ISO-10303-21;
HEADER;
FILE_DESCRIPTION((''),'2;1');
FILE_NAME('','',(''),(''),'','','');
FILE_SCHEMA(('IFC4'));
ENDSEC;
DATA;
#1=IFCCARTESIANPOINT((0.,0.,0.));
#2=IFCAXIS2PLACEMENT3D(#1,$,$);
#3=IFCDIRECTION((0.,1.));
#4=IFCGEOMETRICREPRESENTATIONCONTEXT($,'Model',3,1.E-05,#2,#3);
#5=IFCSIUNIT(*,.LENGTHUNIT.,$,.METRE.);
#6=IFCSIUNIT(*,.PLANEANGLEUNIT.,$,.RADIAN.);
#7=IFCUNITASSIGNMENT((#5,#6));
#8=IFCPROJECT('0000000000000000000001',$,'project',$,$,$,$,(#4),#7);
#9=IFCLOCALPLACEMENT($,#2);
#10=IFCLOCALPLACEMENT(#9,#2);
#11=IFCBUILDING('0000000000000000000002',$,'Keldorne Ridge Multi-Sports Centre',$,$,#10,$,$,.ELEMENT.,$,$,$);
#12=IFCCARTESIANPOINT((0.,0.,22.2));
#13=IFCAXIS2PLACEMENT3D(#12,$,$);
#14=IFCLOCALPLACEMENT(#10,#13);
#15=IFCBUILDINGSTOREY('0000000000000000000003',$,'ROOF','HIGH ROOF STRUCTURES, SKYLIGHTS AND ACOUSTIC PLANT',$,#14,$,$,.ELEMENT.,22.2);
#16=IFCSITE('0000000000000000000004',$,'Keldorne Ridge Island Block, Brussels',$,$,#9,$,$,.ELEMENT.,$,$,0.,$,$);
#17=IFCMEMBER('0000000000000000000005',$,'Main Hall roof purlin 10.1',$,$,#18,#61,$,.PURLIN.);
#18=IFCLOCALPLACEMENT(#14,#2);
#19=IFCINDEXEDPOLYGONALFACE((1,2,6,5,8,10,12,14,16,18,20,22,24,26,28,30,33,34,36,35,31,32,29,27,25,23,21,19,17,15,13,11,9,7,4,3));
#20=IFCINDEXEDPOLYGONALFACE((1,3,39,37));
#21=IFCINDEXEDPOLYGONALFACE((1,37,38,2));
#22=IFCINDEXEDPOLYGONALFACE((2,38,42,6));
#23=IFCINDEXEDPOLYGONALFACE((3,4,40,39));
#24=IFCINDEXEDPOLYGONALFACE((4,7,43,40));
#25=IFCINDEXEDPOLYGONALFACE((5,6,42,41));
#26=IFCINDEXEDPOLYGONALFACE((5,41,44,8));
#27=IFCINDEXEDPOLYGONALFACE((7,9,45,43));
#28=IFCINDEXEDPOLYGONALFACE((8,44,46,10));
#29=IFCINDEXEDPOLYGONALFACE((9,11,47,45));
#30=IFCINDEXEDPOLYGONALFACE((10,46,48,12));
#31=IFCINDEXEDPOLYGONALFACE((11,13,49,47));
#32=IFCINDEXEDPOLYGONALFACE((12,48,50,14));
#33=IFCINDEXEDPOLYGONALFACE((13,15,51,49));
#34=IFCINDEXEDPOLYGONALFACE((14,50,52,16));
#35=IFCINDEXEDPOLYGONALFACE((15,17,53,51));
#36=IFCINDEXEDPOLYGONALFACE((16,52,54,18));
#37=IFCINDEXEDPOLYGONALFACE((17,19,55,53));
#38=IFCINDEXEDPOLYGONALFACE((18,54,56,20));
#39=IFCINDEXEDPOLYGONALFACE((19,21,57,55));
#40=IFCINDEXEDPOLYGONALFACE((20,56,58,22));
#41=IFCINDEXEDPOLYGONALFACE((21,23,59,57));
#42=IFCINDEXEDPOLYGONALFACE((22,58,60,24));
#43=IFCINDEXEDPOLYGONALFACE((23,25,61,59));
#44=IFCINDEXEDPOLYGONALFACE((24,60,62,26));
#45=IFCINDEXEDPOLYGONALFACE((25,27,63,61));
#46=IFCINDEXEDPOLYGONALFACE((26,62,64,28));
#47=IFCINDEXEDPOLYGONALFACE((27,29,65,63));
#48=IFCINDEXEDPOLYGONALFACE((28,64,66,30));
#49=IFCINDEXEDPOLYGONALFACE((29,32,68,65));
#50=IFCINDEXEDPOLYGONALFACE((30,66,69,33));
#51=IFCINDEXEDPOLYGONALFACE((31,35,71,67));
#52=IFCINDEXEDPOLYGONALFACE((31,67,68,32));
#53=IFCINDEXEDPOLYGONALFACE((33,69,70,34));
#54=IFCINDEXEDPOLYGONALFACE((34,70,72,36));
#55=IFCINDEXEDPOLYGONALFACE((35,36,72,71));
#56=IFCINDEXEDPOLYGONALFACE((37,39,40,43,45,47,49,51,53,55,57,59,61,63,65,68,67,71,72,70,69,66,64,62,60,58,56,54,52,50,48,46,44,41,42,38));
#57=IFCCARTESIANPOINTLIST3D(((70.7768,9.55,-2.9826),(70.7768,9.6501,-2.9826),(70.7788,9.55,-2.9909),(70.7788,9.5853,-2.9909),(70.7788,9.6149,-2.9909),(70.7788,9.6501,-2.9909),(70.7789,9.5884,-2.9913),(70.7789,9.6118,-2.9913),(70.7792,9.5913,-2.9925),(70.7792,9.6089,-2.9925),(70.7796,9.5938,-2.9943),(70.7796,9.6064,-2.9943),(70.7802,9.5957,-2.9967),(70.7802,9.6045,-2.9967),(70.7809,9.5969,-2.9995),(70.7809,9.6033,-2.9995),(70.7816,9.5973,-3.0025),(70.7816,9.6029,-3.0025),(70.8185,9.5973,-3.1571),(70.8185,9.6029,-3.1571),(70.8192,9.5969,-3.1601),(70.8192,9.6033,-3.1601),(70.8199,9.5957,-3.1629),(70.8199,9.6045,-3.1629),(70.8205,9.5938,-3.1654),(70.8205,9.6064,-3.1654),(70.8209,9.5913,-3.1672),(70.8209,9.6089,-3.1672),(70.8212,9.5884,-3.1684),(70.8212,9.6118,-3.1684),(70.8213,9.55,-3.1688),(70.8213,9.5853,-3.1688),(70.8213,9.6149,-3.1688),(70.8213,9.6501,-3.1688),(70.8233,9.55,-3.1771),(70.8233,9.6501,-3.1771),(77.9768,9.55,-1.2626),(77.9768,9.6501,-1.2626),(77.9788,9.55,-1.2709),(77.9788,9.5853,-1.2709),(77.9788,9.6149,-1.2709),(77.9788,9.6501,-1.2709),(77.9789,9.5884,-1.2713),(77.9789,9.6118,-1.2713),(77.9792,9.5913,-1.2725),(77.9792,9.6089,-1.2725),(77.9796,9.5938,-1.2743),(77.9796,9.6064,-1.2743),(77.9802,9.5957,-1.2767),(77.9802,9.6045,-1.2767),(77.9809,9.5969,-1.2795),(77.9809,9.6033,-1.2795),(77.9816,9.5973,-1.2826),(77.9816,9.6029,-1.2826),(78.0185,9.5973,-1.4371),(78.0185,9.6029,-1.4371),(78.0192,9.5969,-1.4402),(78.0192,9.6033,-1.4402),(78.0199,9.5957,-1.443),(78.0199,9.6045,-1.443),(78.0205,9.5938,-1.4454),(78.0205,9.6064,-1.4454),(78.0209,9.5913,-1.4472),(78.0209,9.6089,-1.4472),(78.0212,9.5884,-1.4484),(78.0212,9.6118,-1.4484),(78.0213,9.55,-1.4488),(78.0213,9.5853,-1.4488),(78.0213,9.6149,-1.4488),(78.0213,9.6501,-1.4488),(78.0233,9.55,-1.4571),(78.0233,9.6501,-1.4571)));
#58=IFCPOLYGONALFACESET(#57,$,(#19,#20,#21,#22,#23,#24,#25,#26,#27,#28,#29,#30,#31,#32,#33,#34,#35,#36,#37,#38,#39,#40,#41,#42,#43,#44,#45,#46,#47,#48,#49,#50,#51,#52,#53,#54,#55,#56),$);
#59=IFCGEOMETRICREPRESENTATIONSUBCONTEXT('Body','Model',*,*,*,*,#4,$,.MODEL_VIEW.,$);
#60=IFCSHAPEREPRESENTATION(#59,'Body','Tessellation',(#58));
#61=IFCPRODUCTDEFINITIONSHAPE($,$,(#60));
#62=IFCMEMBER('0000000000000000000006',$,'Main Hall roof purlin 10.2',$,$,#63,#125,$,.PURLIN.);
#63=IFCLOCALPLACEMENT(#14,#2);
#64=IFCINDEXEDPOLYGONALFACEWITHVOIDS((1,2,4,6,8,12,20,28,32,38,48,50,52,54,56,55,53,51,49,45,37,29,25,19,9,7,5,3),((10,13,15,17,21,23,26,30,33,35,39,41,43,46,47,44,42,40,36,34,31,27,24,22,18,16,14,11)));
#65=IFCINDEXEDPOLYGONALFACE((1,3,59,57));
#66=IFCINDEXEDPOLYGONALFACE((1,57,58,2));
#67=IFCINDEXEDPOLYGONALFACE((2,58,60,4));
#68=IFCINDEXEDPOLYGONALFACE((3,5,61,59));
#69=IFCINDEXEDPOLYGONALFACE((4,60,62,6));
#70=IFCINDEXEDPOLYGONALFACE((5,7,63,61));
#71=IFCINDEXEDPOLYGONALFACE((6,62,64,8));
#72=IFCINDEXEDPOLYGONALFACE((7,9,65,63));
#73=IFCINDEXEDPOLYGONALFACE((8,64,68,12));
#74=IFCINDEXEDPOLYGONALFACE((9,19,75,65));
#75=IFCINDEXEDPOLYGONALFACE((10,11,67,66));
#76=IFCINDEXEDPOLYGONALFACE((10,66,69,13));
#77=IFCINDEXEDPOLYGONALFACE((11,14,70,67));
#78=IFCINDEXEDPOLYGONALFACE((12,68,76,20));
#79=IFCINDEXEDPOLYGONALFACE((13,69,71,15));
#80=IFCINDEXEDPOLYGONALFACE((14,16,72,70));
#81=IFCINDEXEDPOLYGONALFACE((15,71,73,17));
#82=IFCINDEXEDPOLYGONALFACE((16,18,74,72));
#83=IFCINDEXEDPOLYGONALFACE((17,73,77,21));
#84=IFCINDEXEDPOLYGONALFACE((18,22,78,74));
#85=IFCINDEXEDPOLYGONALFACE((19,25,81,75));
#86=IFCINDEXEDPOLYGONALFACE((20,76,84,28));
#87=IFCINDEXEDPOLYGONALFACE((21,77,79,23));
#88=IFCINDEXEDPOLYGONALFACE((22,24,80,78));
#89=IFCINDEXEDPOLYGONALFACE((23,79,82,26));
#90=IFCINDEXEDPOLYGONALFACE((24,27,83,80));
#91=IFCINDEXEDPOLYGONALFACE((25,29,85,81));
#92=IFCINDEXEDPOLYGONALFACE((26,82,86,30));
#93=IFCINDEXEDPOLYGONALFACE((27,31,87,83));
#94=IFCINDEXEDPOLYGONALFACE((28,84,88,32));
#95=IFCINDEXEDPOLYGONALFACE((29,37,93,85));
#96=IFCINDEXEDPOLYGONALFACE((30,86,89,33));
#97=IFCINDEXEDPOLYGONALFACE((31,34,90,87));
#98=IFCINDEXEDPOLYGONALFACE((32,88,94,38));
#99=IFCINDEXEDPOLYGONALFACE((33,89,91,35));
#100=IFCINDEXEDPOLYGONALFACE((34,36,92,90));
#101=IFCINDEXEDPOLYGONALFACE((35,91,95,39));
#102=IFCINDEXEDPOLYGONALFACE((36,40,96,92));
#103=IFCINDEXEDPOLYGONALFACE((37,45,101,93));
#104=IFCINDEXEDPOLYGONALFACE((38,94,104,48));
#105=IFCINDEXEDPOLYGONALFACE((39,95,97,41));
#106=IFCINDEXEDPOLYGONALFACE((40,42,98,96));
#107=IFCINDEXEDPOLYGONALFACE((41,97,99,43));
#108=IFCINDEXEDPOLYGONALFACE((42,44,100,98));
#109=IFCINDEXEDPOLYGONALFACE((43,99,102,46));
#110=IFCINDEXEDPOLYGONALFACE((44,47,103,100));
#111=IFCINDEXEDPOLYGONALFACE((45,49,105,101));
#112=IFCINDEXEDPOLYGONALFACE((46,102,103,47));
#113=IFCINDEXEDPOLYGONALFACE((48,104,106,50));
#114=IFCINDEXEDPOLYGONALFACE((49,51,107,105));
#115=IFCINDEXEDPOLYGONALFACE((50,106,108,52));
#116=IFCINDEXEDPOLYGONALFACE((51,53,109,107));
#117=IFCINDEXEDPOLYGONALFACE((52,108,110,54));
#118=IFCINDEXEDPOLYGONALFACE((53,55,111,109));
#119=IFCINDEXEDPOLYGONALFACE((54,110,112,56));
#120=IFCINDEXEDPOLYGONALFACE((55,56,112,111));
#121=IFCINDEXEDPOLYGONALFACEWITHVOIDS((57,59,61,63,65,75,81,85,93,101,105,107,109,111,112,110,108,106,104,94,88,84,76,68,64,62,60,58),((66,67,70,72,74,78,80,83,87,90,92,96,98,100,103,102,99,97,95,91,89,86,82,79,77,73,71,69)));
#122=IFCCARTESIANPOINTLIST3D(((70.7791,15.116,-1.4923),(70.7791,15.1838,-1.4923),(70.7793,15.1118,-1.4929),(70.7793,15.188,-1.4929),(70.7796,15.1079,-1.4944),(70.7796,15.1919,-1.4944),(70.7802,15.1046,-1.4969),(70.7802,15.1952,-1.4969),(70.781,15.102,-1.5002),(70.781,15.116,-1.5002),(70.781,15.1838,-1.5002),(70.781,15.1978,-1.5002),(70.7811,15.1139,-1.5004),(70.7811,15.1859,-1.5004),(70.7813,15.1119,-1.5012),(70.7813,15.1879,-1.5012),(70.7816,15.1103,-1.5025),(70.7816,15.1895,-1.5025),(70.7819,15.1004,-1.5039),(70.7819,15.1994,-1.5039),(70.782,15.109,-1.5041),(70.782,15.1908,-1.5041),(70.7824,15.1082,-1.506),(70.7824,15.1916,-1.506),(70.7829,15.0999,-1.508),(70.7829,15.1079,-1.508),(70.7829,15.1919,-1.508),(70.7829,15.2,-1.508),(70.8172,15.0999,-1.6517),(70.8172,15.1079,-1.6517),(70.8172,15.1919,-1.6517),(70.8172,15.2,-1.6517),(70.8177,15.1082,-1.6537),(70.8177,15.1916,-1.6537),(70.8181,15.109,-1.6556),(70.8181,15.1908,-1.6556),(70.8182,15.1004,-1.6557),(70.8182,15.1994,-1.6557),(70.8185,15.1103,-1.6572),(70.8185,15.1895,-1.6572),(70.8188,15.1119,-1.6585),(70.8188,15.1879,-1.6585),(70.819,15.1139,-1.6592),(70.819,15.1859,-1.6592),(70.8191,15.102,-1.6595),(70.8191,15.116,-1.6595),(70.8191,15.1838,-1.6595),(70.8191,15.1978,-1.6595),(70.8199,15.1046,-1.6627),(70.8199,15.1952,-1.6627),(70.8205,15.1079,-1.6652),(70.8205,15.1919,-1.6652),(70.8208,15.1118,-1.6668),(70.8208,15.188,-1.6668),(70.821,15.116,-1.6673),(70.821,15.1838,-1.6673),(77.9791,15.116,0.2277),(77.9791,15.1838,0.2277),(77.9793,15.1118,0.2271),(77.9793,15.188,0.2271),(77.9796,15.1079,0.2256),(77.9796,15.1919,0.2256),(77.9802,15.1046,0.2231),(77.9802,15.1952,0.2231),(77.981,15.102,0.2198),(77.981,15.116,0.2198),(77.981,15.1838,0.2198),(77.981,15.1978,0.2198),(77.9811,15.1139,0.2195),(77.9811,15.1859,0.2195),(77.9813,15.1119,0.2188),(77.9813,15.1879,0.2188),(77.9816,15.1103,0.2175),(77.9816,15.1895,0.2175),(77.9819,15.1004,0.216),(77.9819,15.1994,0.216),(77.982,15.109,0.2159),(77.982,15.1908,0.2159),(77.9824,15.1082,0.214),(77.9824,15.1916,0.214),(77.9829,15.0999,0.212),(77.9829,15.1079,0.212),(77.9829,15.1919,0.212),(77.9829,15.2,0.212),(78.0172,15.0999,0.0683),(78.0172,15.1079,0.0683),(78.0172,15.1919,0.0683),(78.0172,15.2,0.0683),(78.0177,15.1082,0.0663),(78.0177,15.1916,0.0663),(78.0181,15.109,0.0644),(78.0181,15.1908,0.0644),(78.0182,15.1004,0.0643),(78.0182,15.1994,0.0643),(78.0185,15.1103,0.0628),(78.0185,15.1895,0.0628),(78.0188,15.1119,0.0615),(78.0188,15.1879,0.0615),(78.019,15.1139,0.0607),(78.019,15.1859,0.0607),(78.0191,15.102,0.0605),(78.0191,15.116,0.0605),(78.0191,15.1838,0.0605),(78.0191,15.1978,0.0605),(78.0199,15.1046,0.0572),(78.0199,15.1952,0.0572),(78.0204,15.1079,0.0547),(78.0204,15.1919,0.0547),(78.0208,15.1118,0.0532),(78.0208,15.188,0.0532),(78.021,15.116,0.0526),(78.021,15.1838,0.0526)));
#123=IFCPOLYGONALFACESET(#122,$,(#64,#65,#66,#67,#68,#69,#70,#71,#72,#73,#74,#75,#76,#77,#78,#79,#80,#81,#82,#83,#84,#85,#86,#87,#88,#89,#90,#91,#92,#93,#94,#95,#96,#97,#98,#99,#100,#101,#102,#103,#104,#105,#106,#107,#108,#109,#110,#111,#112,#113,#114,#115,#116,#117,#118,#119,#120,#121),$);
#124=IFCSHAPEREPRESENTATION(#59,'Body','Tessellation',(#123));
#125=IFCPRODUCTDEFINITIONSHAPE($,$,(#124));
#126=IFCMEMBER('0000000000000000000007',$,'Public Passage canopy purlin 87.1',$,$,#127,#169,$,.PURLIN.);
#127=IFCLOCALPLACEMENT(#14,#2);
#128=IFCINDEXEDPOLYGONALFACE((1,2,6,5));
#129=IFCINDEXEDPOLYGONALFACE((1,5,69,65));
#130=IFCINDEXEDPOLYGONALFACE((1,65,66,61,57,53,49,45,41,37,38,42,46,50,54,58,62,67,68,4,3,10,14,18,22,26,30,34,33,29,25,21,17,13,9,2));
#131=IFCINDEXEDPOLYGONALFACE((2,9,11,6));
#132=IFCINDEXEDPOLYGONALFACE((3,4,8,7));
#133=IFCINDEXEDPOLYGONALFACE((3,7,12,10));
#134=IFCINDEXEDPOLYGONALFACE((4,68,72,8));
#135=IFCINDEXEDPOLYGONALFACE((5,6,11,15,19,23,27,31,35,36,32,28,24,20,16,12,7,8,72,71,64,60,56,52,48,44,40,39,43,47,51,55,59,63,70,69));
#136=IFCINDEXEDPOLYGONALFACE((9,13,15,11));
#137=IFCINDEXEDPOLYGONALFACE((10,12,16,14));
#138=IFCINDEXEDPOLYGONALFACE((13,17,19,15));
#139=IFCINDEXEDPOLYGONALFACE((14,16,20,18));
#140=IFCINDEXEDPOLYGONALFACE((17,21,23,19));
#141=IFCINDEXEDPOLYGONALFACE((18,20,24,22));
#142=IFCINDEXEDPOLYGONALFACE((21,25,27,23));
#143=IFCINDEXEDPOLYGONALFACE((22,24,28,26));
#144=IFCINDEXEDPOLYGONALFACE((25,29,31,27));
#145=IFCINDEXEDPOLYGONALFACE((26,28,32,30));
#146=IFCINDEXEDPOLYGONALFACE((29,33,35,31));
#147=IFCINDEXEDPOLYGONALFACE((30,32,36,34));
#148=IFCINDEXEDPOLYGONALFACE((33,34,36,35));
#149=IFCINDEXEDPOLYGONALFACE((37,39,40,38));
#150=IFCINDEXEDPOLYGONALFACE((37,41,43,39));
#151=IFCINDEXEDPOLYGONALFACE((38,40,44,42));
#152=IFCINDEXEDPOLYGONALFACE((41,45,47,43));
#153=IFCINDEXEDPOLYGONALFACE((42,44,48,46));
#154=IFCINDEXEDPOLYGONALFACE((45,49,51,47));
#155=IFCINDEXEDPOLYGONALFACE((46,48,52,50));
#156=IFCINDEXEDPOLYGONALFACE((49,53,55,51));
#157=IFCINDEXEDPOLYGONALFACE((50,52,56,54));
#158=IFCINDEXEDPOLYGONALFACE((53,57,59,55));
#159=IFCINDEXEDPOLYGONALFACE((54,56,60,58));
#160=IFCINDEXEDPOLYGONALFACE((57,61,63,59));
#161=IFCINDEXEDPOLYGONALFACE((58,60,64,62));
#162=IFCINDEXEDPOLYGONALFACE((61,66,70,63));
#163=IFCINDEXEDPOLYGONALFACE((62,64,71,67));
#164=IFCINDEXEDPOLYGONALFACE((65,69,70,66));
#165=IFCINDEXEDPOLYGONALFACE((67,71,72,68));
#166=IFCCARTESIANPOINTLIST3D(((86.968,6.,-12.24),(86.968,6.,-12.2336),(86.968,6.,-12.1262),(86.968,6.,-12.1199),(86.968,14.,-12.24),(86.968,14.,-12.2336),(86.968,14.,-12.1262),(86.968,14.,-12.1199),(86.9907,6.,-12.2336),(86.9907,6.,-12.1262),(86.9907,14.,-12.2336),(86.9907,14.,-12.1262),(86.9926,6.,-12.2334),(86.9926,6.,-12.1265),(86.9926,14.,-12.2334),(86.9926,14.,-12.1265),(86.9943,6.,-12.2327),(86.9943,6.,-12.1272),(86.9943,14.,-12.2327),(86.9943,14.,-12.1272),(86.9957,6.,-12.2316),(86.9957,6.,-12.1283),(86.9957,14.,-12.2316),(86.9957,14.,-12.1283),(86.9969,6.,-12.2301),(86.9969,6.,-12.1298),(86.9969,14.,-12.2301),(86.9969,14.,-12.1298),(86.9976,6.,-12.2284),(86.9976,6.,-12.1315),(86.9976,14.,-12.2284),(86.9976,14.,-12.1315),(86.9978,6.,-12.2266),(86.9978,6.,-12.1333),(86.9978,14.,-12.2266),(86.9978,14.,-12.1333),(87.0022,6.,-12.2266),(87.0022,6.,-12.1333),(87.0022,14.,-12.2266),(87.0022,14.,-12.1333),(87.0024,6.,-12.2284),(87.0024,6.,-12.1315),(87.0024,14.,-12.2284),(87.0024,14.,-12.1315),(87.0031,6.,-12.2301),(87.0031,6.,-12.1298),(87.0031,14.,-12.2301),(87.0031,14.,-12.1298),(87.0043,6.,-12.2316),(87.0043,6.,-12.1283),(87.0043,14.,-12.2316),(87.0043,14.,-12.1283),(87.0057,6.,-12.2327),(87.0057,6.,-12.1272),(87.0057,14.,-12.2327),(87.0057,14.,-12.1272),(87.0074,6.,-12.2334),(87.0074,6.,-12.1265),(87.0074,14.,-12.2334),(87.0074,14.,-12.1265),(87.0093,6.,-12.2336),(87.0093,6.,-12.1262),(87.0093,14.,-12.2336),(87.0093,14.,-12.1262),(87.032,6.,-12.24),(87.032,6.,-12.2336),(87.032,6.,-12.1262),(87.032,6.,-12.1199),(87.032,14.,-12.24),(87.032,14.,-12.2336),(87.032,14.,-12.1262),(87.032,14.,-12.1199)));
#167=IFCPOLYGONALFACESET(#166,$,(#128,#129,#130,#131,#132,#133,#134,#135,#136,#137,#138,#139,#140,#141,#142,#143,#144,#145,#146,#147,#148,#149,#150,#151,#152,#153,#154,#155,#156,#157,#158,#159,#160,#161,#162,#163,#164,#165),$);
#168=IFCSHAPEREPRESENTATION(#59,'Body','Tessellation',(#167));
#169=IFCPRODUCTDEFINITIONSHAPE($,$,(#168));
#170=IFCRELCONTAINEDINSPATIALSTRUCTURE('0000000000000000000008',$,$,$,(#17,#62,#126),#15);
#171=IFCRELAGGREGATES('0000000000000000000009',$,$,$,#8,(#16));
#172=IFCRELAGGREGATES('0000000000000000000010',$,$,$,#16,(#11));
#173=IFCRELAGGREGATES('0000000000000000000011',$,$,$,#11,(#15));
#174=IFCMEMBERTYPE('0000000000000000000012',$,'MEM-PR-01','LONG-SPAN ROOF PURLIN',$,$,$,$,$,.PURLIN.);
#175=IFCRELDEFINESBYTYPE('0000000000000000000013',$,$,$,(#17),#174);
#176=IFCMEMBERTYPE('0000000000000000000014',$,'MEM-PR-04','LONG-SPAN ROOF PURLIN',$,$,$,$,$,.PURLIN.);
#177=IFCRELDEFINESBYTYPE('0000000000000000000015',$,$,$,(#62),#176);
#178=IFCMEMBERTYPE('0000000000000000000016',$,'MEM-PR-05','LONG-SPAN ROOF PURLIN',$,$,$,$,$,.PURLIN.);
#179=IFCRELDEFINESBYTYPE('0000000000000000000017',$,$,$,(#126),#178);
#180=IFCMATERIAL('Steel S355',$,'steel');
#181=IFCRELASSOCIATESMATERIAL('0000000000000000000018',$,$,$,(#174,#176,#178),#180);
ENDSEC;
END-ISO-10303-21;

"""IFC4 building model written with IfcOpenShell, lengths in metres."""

from ifc_helpers import new_model, si_unit, direction, frame, origin, origin_2d, place, context, subcontext, project, spatial, hollow_rectangle, i_section, extrude, material, material_profile, profile_set, type_object, element, save


model = new_model("IFC4")

# Units and contexts
model_context = context("Model", 3, precision=1e-05, world=origin(), true_north=direction((0.0, 1.0)))
body_context = subcontext(model_context, "Body", "Model", "MODEL_VIEW")
ifc_project = project(units=[si_unit("LENGTHUNIT", "METRE"), si_unit("PLANEANGLEUNIT", "RADIAN")], contexts=[model_context])

# Site, building, storey
site_placement = place(None, origin())
site = spatial("IfcSite", under=ifc_project, at=site_placement, Name="Keldorne Ridge Island Block, Brussels", CompositionType="ELEMENT", RefElevation=0.0)
building_placement = place(site_placement, origin())
building = spatial("IfcBuilding", under=site, at=building_placement, Name="Keldorne Ridge Multi-Sports Centre", CompositionType="ELEMENT")
storey_placement = place(building_placement, frame((0.0, 0.0, 22.2)))
storey = spatial("IfcBuildingStorey", under=building, at=storey_placement, Name="ROOF", Description="HIGH ROOF STRUCTURES, SKYLIGHTS AND ACOUSTIC PLANT", CompositionType="ELEMENT", Elevation=22.2)

# Members
ifc_material = material(Name="Steel S355", Category="steel")
ifc_material_profile_1 = material_profile(ifc_material, i_section(OverallWidth=0.1001, OverallDepth=0.2, WebThickness=0.0056, FlangeThickness=0.0085, FilletRadius=0.012, at=origin_2d()), Name="IPE 200")
ifc_profile_set_1 = profile_set([ifc_material_profile_1], Name="Steel S355")
member_type_1 = type_object("IfcMemberType", Name="MEM-PR-01", Description="LONG-SPAN ROOF PURLIN", PredefinedType="PURLIN", material=ifc_profile_set_1)
member_1_placement = place(storey_placement, frame((70.8, 9.6001, -3.0798), z_axis=(0.972633, 0.0, 0.232349), x_axis=(0.0, 1.0, 0.0)))
element("IfcMember", 1, at=member_1_placement, inside=storey, type_object=member_type_1, Name="Main Hall roof purlin 10.1", PredefinedType="PURLIN", context=body_context, shape_type="SweptSolid", body=[
    extrude(i_section(OverallWidth=0.1001, OverallDepth=0.2, WebThickness=0.0056, FlangeThickness=0.0085, FilletRadius=0.012, at=origin_2d()), origin(), (0.0, 0.0, 1.0), 7.4026),
])
ifc_material_profile_2 = material_profile(ifc_material, hollow_rectangle(XDim=0.1001, YDim=0.1799, WallThickness=0.0081, InnerFilletRadius=0.0081, OuterFilletRadius=0.0161, at=origin_2d()), Name="RHS 180x100x8")
ifc_profile_set_2 = profile_set([ifc_material_profile_2], Name="Steel S355")
member_type_2 = type_object("IfcMemberType", Name="MEM-PR-04", Description="LONG-SPAN ROOF PURLIN", PredefinedType="PURLIN", material=ifc_profile_set_2)
member_2_placement = place(storey_placement, frame((70.8, 15.1499, -1.5798), z_axis=(0.972633, 0.0, 0.232349), x_axis=(0.0, 1.0, 0.0)))
element("IfcMember", 2, at=member_2_placement, inside=storey, type_object=member_type_2, Name="Main Hall roof purlin 10.2", PredefinedType="PURLIN", context=body_context, shape_type="SweptSolid", body=[
    extrude(hollow_rectangle(XDim=0.1001, YDim=0.1799, WallThickness=0.0081, InnerFilletRadius=0.0081, OuterFilletRadius=0.0161, at=origin_2d()), origin(), (0.0, 0.0, 1.0), 7.4026),
])
ifc_material_profile_3 = material_profile(ifc_material, i_section(OverallWidth=0.064, OverallDepth=0.1201, WebThickness=0.0044, FlangeThickness=0.0063, FilletRadius=0.0071, at=origin_2d()), Name="IPE 120")
ifc_profile_set_3 = profile_set([ifc_material_profile_3], Name="Steel S355")
member_type_3 = type_object("IfcMemberType", Name="MEM-PR-05", Description="LONG-SPAN ROOF PURLIN", PredefinedType="PURLIN", material=ifc_profile_set_3)
for number, where, z_axis, x_axis, name in (
    (3, (87.0, 6.0, -12.1799), (0.0, 1.0, 0.0), (-1.0, 0.0, 0.0), "Public Passage canopy purlin 87.1"),
):
    element("IfcMember", number, at=place(storey_placement, frame(where, z_axis=z_axis, x_axis=x_axis)), inside=storey, type_object=member_type_3, Name=name, PredefinedType="PURLIN", context=body_context, shape_type="SweptSolid", body=[
        extrude(i_section(OverallWidth=0.064, OverallDepth=0.1201, WebThickness=0.0044, FlangeThickness=0.0063, FilletRadius=0.0071, at=origin_2d()), origin(), (0.0, 0.0, 1.0), 8.0),
    ])

save(model, "model.ifc")
